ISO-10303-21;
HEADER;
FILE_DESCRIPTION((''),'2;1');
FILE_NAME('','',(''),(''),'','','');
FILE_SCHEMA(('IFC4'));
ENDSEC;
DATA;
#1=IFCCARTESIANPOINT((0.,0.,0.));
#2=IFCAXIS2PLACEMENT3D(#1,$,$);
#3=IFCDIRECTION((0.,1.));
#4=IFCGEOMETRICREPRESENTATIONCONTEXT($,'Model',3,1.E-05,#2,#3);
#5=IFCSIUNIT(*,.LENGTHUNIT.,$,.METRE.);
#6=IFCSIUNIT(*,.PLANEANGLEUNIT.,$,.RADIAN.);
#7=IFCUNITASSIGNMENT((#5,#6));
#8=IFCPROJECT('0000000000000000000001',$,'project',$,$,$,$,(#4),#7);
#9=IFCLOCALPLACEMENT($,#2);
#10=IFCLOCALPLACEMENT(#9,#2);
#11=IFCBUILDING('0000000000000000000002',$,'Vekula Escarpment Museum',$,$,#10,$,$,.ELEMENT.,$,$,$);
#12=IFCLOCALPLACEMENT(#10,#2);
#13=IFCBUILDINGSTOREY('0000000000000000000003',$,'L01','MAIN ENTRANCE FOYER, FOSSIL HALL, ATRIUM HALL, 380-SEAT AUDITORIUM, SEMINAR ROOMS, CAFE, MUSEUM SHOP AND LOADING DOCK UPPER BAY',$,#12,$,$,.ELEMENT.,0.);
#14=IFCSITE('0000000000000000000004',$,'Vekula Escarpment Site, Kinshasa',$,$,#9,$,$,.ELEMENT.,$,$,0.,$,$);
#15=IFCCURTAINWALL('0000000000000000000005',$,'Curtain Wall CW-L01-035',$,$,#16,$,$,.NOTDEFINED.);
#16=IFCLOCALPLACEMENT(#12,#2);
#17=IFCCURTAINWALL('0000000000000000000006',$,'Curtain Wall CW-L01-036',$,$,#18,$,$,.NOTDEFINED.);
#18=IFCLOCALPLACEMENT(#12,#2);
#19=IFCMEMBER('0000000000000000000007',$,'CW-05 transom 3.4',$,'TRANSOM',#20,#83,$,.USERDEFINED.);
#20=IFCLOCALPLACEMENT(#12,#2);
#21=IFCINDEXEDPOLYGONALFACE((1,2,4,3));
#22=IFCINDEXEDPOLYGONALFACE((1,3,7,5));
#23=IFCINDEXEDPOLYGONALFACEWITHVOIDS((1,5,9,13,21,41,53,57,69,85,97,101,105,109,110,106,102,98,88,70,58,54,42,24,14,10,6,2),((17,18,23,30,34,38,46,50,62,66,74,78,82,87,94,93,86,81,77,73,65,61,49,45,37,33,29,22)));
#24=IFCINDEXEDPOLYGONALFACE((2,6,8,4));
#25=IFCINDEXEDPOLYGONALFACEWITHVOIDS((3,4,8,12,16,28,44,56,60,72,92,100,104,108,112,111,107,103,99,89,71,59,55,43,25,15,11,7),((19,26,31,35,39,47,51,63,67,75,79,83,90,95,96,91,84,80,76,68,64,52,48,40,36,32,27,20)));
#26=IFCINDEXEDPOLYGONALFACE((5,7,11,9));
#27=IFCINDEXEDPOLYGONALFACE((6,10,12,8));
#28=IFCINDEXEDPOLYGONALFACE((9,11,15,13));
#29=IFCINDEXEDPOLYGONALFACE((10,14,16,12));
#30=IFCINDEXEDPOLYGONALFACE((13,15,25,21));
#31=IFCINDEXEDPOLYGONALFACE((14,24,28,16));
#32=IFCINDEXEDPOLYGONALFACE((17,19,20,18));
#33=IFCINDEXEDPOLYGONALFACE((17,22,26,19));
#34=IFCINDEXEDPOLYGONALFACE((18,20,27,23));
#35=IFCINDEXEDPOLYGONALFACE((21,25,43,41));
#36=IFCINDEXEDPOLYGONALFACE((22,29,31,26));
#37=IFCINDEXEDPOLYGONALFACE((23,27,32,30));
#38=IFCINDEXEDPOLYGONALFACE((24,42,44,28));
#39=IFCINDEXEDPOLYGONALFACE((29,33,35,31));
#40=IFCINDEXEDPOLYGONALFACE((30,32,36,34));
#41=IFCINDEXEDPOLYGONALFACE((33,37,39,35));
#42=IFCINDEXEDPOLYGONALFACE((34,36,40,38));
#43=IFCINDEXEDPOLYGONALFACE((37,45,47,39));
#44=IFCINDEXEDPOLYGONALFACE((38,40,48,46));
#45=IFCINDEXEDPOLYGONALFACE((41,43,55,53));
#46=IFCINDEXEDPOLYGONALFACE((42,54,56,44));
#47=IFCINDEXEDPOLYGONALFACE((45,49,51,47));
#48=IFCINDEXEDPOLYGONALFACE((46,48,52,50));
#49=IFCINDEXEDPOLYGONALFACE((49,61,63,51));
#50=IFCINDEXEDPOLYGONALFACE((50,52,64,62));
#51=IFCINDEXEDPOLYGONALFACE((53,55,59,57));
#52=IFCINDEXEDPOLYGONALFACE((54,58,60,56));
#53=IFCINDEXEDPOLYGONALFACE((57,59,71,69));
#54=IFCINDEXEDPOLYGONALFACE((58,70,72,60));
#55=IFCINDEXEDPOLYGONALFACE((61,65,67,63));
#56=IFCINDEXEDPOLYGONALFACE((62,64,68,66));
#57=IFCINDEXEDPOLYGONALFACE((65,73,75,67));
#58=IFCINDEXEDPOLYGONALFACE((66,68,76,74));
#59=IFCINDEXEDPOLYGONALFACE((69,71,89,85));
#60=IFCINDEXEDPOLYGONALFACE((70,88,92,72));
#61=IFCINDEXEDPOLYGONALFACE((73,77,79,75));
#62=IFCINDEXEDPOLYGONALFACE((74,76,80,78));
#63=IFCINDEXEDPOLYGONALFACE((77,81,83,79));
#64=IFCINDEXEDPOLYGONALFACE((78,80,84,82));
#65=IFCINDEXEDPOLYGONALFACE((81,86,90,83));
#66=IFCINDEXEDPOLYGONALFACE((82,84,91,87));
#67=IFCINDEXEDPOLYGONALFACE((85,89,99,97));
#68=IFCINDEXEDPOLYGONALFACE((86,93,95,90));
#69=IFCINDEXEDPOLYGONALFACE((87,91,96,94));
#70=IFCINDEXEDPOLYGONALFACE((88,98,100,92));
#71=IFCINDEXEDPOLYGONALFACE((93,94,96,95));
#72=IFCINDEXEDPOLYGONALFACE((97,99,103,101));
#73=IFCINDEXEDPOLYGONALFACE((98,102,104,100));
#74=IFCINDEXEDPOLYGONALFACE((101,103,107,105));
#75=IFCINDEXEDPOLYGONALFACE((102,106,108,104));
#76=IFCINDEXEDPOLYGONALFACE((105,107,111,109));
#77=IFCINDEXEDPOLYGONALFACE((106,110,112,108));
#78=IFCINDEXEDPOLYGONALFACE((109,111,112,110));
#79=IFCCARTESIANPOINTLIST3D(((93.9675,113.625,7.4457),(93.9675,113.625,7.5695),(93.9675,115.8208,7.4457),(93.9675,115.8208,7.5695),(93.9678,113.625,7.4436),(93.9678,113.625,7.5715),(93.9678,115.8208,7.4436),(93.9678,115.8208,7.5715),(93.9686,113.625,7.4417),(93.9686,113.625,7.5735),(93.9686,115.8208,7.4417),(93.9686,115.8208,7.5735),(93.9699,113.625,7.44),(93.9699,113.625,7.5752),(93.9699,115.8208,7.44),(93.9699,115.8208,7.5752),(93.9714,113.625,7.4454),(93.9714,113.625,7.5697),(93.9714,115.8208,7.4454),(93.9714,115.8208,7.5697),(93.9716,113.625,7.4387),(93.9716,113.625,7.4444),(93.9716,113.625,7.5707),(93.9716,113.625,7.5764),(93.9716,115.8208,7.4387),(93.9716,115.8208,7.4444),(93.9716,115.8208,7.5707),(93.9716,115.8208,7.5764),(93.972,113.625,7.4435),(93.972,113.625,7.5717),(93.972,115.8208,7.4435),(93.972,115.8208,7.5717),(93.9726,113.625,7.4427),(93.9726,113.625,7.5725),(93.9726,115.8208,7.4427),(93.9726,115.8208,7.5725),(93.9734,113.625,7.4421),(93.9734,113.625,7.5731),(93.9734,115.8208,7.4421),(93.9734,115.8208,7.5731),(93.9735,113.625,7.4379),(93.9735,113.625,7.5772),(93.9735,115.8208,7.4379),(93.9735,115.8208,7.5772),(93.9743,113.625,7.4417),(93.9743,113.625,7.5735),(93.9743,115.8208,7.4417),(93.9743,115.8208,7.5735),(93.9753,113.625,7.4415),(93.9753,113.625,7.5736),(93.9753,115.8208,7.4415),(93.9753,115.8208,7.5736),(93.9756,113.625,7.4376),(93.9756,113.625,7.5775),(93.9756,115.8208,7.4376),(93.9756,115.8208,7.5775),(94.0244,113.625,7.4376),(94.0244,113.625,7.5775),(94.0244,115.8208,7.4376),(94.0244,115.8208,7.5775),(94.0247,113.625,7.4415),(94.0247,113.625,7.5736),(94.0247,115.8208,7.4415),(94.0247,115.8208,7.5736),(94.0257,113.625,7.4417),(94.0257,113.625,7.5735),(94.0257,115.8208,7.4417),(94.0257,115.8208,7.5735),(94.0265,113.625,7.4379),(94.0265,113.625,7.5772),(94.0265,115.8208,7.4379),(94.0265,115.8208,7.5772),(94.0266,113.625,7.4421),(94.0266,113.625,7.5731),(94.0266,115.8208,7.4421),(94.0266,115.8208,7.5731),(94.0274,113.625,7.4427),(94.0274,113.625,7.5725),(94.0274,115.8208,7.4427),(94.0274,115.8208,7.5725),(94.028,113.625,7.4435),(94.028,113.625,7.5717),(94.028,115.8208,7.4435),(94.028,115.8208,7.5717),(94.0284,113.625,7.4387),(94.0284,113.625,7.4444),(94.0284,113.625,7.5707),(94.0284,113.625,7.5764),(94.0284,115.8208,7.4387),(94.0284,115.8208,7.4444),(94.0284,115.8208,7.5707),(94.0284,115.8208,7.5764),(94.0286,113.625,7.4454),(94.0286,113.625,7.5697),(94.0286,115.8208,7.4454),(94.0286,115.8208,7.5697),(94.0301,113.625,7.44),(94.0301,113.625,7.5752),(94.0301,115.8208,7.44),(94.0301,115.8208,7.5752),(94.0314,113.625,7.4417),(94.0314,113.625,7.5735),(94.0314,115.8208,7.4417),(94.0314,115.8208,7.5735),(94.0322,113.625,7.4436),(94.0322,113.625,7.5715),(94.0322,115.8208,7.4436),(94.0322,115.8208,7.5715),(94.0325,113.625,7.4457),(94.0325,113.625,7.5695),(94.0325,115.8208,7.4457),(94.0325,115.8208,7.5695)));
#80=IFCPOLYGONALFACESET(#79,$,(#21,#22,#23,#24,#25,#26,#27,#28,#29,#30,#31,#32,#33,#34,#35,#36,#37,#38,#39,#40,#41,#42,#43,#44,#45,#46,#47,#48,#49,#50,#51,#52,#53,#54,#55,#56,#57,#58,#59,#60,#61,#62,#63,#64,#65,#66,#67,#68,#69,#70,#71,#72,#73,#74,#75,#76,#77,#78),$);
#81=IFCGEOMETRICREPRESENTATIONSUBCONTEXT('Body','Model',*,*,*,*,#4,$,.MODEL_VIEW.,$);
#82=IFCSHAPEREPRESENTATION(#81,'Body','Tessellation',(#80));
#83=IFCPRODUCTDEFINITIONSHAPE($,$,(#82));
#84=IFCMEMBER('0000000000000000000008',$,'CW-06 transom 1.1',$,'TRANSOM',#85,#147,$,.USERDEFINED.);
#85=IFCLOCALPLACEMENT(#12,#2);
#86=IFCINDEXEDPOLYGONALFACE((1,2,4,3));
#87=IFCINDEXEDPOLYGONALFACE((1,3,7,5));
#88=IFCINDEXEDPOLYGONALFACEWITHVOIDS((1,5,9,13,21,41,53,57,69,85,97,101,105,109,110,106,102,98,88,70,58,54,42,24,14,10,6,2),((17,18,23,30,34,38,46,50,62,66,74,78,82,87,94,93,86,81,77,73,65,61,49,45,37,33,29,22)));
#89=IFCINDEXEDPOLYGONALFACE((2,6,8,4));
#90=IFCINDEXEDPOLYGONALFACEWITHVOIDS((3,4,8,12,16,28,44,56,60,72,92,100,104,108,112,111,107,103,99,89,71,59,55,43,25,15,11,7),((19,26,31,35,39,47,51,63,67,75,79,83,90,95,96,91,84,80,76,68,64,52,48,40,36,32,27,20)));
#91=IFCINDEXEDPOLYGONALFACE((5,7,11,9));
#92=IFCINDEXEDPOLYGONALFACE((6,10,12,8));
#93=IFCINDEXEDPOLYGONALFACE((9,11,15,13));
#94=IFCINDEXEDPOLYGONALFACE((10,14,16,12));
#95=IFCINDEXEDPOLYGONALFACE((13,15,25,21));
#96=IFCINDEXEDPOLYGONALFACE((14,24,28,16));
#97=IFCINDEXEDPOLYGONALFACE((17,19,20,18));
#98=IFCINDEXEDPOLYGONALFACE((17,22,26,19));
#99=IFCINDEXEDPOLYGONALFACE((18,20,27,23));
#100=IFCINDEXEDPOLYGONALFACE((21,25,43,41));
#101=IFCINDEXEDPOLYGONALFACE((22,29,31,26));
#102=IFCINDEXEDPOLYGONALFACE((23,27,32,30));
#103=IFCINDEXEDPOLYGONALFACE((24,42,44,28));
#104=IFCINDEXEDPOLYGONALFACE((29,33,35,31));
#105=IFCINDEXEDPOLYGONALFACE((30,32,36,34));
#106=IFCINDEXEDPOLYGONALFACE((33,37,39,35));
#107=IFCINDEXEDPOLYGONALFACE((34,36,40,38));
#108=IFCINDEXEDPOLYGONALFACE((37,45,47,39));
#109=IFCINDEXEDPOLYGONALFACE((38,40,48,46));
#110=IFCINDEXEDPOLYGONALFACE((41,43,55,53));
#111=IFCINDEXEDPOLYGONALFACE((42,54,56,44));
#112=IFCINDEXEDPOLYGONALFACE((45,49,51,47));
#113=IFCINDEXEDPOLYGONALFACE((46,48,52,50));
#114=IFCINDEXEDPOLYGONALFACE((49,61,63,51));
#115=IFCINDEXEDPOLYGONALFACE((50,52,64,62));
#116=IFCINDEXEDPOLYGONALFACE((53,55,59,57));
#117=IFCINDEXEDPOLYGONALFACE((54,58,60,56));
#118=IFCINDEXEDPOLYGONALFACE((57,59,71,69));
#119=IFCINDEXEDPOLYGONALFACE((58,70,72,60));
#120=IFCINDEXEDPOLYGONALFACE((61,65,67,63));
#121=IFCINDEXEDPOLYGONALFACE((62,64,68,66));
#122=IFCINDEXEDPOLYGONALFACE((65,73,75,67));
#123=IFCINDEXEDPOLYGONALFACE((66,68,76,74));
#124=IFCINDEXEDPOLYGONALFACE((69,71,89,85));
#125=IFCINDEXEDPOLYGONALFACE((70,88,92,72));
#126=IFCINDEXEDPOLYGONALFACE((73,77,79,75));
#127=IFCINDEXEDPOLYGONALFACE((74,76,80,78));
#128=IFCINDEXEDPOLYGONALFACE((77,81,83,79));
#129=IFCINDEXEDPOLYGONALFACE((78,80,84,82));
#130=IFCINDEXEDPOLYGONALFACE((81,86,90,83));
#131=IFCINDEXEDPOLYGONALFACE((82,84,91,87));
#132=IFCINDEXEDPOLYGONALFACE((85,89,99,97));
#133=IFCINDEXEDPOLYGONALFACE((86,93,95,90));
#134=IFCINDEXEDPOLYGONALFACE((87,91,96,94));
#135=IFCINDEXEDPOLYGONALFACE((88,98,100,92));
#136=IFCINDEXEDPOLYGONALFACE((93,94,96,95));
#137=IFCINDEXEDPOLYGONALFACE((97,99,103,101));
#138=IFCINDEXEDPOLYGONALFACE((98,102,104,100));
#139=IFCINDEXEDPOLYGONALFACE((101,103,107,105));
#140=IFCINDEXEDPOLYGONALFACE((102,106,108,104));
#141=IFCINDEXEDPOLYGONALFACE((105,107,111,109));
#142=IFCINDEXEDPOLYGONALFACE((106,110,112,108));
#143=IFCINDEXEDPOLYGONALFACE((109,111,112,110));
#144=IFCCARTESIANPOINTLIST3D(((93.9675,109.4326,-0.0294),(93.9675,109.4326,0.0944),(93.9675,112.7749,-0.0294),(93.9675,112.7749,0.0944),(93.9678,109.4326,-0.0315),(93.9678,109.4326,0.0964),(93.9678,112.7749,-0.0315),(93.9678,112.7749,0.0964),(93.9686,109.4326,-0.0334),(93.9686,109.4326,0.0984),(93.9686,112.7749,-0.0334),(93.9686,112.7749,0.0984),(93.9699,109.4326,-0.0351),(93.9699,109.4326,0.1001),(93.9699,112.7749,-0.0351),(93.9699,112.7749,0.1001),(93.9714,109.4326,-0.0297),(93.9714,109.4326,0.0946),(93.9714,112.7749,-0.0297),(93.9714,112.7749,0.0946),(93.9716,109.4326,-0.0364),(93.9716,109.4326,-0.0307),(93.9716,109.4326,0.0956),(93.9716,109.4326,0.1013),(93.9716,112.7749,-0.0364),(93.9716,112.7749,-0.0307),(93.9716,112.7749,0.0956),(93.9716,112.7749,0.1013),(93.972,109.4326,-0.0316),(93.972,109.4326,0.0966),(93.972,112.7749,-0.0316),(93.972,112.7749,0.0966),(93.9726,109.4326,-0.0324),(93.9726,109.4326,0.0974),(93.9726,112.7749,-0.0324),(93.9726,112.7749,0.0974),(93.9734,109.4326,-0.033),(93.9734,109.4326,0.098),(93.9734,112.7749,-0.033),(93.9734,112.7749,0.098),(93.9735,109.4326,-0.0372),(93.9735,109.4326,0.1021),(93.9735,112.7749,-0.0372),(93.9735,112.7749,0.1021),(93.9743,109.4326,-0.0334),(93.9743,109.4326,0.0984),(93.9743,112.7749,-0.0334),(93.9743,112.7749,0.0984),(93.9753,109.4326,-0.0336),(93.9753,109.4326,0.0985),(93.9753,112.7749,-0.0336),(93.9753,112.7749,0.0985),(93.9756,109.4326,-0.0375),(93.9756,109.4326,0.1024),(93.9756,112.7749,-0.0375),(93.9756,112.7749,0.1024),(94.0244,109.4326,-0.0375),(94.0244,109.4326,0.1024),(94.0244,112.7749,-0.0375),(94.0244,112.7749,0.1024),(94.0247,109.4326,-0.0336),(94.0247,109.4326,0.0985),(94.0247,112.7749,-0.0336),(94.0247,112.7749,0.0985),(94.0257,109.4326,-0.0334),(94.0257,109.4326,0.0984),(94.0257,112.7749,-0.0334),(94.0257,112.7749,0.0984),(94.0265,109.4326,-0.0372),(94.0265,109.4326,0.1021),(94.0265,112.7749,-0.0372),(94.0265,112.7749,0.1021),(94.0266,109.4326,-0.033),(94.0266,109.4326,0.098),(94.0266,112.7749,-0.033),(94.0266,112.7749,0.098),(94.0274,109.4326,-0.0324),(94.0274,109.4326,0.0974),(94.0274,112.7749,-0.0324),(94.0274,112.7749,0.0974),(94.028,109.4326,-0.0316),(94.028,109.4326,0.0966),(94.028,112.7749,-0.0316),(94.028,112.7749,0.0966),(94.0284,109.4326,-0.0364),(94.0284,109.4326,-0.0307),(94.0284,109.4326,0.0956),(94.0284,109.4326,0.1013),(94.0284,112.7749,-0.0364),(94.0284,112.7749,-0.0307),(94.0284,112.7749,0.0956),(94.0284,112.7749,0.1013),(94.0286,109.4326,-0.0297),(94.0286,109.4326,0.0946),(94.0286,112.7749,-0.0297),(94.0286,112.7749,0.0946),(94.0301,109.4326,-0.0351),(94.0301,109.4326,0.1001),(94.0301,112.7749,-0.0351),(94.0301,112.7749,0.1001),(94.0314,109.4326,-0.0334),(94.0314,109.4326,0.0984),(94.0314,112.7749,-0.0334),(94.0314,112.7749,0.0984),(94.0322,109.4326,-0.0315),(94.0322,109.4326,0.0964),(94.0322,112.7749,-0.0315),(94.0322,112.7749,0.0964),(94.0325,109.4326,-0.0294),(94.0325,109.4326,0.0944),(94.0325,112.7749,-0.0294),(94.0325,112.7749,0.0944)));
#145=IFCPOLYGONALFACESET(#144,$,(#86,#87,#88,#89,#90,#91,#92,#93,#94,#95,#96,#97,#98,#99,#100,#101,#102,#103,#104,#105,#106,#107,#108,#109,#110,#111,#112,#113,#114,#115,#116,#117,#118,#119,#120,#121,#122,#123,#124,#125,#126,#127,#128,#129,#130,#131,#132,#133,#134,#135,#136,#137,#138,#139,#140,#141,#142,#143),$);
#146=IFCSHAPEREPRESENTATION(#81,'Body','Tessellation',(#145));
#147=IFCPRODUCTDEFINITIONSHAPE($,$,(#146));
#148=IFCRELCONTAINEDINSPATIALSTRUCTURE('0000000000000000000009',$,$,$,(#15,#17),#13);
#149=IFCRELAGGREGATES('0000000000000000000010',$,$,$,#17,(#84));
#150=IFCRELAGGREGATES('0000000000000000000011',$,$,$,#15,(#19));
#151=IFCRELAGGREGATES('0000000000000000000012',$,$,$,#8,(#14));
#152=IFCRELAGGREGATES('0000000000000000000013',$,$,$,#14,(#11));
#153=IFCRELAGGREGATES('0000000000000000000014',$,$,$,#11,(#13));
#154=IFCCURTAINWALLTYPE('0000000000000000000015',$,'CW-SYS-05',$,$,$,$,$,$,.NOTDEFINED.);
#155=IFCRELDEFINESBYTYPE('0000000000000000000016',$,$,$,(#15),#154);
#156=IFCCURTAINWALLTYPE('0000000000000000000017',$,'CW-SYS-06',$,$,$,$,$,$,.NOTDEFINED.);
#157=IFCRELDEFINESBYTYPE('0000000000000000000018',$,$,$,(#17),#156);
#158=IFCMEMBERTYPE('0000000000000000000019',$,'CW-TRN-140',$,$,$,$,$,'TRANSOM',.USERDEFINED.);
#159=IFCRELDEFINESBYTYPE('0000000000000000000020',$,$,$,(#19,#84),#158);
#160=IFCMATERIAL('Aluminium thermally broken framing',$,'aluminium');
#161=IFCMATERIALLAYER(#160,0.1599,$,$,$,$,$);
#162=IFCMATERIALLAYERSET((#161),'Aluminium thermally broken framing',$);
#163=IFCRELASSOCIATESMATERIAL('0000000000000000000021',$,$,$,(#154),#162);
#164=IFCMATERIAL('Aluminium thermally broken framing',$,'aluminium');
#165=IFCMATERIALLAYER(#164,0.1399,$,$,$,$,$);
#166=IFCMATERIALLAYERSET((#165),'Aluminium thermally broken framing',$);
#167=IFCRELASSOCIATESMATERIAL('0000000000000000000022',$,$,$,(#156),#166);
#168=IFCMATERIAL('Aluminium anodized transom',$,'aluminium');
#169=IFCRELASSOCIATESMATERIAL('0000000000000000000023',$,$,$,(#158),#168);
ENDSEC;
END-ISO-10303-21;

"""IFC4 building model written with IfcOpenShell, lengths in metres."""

from ifc_helpers import new_model, si_unit, direction, frame, origin, origin_2d, place, context, subcontext, project, spatial, hollow_rectangle, extrude, material, layer, layer_set, material_profile, profile_set, type_object, element, aggregate, save


model = new_model("IFC4")

# Units and contexts
model_context = context("Model", 3, precision=1e-05, world=origin(), true_north=direction((0.0, 1.0)))
body_context = subcontext(model_context, "Body", "Model", "MODEL_VIEW")
ifc_project = project(units=[si_unit("LENGTHUNIT", "METRE"), si_unit("PLANEANGLEUNIT", "RADIAN")], contexts=[model_context])

# Site, building, storey
site_placement = place(None, origin())
site = spatial("IfcSite", under=ifc_project, at=site_placement, Name="Vekula Escarpment Site, Kinshasa", CompositionType="ELEMENT", RefElevation=0.0)
building_placement = place(site_placement, origin())
building = spatial("IfcBuilding", under=site, at=building_placement, Name="Vekula Escarpment Museum", CompositionType="ELEMENT")
storey_placement = place(building_placement, origin())
storey = spatial("IfcBuildingStorey", under=building, at=storey_placement, Name="L01", Description="MAIN ENTRANCE FOYER, FOSSIL HALL, ATRIUM HALL, 380-SEAT AUDITORIUM, SEMINAR ROOMS, CAFE, MUSEUM SHOP AND LOADING DOCK UPPER BAY", CompositionType="ELEMENT", Elevation=0.0)

# Curtain wall
ifc_material_1 = material(Name="Aluminium thermally broken framing", Category="aluminium")
ifc_layer_1 = layer(ifc_material_1, 0.1599)
ifc_layer_set_1 = layer_set([ifc_layer_1], Name="Aluminium thermally broken framing")
curtain_wall_type_1 = type_object("IfcCurtainWallType", Name="CW-SYS-05", PredefinedType="NOTDEFINED", material=ifc_layer_set_1)
curtain_wall_1_placement = place(storey_placement, origin())
curtain_wall_1 = element("IfcCurtainWall", 1, at=curtain_wall_1_placement, inside=storey, type_object=curtain_wall_type_1, Name="Curtain Wall CW-L01-035", PredefinedType="NOTDEFINED")

# Curtain wall
ifc_material_2 = material(Name="Aluminium thermally broken framing", Category="aluminium")
ifc_layer_2 = layer(ifc_material_2, 0.1399)
ifc_layer_set_2 = layer_set([ifc_layer_2], Name="Aluminium thermally broken framing")
curtain_wall_type_2 = type_object("IfcCurtainWallType", Name="CW-SYS-06", PredefinedType="NOTDEFINED", material=ifc_layer_set_2)
curtain_wall_2_placement = place(storey_placement, origin())
curtain_wall_2 = element("IfcCurtainWall", 2, at=curtain_wall_2_placement, inside=storey, type_object=curtain_wall_type_2, Name="Curtain Wall CW-L01-036", PredefinedType="NOTDEFINED")

# Members
ifc_material_3 = material(Name="Aluminium anodized transom", Category="aluminium")
ifc_material_profile_1 = material_profile(ifc_material_3, hollow_rectangle(XDim=0.0649, YDim=0.1399, WallThickness=0.0039, InnerFilletRadius=0.0039, OuterFilletRadius=0.0081, at=origin_2d()), Name="ALU 140x65x4")
ifc_profile_set_1 = profile_set([ifc_material_profile_1], Name="Aluminium anodized transom")
member_type_1 = type_object("IfcMemberType", Name="CW-TRN-140", ElementType="TRANSOM", PredefinedType="USERDEFINED", material=ifc_profile_set_1)
member_1_placement = place(storey_placement, frame((94.0, 115.8208, 7.5076), z_axis=(0.0, -1.0, 0.0), x_axis=(1.0, 0.0, 0.0)))
member_1 = element("IfcMember", 3, at=member_1_placement, type_object=member_type_1, Name="CW-05 transom 3.4", ObjectType="TRANSOM", PredefinedType="USERDEFINED", context=body_context, shape_type="SweptSolid", body=[
    extrude(hollow_rectangle(XDim=0.0649, YDim=0.1399, WallThickness=0.0039, InnerFilletRadius=0.0039, OuterFilletRadius=0.0081, at=origin_2d()), origin(), (0.0, 0.0, 1.0), 2.1958),
])
member_2_placement = place(storey_placement, frame((94.0, 112.7749, 0.0325), z_axis=(0.0, -1.0, 0.0), x_axis=(1.0, 0.0, 0.0)))
member_2 = element("IfcMember", 4, at=member_2_placement, type_object=member_type_1, Name="CW-06 transom 1.1", ObjectType="TRANSOM", PredefinedType="USERDEFINED", context=body_context, shape_type="SweptSolid", body=[
    extrude(hollow_rectangle(XDim=0.0649, YDim=0.1399, WallThickness=0.0039, InnerFilletRadius=0.0039, OuterFilletRadius=0.0081, at=origin_2d()), origin(), (0.0, 0.0, 1.0), 3.3423),
])

aggregate(curtain_wall_2, [member_2])
aggregate(curtain_wall_1, [member_1])

save(model, "model.ifc")
